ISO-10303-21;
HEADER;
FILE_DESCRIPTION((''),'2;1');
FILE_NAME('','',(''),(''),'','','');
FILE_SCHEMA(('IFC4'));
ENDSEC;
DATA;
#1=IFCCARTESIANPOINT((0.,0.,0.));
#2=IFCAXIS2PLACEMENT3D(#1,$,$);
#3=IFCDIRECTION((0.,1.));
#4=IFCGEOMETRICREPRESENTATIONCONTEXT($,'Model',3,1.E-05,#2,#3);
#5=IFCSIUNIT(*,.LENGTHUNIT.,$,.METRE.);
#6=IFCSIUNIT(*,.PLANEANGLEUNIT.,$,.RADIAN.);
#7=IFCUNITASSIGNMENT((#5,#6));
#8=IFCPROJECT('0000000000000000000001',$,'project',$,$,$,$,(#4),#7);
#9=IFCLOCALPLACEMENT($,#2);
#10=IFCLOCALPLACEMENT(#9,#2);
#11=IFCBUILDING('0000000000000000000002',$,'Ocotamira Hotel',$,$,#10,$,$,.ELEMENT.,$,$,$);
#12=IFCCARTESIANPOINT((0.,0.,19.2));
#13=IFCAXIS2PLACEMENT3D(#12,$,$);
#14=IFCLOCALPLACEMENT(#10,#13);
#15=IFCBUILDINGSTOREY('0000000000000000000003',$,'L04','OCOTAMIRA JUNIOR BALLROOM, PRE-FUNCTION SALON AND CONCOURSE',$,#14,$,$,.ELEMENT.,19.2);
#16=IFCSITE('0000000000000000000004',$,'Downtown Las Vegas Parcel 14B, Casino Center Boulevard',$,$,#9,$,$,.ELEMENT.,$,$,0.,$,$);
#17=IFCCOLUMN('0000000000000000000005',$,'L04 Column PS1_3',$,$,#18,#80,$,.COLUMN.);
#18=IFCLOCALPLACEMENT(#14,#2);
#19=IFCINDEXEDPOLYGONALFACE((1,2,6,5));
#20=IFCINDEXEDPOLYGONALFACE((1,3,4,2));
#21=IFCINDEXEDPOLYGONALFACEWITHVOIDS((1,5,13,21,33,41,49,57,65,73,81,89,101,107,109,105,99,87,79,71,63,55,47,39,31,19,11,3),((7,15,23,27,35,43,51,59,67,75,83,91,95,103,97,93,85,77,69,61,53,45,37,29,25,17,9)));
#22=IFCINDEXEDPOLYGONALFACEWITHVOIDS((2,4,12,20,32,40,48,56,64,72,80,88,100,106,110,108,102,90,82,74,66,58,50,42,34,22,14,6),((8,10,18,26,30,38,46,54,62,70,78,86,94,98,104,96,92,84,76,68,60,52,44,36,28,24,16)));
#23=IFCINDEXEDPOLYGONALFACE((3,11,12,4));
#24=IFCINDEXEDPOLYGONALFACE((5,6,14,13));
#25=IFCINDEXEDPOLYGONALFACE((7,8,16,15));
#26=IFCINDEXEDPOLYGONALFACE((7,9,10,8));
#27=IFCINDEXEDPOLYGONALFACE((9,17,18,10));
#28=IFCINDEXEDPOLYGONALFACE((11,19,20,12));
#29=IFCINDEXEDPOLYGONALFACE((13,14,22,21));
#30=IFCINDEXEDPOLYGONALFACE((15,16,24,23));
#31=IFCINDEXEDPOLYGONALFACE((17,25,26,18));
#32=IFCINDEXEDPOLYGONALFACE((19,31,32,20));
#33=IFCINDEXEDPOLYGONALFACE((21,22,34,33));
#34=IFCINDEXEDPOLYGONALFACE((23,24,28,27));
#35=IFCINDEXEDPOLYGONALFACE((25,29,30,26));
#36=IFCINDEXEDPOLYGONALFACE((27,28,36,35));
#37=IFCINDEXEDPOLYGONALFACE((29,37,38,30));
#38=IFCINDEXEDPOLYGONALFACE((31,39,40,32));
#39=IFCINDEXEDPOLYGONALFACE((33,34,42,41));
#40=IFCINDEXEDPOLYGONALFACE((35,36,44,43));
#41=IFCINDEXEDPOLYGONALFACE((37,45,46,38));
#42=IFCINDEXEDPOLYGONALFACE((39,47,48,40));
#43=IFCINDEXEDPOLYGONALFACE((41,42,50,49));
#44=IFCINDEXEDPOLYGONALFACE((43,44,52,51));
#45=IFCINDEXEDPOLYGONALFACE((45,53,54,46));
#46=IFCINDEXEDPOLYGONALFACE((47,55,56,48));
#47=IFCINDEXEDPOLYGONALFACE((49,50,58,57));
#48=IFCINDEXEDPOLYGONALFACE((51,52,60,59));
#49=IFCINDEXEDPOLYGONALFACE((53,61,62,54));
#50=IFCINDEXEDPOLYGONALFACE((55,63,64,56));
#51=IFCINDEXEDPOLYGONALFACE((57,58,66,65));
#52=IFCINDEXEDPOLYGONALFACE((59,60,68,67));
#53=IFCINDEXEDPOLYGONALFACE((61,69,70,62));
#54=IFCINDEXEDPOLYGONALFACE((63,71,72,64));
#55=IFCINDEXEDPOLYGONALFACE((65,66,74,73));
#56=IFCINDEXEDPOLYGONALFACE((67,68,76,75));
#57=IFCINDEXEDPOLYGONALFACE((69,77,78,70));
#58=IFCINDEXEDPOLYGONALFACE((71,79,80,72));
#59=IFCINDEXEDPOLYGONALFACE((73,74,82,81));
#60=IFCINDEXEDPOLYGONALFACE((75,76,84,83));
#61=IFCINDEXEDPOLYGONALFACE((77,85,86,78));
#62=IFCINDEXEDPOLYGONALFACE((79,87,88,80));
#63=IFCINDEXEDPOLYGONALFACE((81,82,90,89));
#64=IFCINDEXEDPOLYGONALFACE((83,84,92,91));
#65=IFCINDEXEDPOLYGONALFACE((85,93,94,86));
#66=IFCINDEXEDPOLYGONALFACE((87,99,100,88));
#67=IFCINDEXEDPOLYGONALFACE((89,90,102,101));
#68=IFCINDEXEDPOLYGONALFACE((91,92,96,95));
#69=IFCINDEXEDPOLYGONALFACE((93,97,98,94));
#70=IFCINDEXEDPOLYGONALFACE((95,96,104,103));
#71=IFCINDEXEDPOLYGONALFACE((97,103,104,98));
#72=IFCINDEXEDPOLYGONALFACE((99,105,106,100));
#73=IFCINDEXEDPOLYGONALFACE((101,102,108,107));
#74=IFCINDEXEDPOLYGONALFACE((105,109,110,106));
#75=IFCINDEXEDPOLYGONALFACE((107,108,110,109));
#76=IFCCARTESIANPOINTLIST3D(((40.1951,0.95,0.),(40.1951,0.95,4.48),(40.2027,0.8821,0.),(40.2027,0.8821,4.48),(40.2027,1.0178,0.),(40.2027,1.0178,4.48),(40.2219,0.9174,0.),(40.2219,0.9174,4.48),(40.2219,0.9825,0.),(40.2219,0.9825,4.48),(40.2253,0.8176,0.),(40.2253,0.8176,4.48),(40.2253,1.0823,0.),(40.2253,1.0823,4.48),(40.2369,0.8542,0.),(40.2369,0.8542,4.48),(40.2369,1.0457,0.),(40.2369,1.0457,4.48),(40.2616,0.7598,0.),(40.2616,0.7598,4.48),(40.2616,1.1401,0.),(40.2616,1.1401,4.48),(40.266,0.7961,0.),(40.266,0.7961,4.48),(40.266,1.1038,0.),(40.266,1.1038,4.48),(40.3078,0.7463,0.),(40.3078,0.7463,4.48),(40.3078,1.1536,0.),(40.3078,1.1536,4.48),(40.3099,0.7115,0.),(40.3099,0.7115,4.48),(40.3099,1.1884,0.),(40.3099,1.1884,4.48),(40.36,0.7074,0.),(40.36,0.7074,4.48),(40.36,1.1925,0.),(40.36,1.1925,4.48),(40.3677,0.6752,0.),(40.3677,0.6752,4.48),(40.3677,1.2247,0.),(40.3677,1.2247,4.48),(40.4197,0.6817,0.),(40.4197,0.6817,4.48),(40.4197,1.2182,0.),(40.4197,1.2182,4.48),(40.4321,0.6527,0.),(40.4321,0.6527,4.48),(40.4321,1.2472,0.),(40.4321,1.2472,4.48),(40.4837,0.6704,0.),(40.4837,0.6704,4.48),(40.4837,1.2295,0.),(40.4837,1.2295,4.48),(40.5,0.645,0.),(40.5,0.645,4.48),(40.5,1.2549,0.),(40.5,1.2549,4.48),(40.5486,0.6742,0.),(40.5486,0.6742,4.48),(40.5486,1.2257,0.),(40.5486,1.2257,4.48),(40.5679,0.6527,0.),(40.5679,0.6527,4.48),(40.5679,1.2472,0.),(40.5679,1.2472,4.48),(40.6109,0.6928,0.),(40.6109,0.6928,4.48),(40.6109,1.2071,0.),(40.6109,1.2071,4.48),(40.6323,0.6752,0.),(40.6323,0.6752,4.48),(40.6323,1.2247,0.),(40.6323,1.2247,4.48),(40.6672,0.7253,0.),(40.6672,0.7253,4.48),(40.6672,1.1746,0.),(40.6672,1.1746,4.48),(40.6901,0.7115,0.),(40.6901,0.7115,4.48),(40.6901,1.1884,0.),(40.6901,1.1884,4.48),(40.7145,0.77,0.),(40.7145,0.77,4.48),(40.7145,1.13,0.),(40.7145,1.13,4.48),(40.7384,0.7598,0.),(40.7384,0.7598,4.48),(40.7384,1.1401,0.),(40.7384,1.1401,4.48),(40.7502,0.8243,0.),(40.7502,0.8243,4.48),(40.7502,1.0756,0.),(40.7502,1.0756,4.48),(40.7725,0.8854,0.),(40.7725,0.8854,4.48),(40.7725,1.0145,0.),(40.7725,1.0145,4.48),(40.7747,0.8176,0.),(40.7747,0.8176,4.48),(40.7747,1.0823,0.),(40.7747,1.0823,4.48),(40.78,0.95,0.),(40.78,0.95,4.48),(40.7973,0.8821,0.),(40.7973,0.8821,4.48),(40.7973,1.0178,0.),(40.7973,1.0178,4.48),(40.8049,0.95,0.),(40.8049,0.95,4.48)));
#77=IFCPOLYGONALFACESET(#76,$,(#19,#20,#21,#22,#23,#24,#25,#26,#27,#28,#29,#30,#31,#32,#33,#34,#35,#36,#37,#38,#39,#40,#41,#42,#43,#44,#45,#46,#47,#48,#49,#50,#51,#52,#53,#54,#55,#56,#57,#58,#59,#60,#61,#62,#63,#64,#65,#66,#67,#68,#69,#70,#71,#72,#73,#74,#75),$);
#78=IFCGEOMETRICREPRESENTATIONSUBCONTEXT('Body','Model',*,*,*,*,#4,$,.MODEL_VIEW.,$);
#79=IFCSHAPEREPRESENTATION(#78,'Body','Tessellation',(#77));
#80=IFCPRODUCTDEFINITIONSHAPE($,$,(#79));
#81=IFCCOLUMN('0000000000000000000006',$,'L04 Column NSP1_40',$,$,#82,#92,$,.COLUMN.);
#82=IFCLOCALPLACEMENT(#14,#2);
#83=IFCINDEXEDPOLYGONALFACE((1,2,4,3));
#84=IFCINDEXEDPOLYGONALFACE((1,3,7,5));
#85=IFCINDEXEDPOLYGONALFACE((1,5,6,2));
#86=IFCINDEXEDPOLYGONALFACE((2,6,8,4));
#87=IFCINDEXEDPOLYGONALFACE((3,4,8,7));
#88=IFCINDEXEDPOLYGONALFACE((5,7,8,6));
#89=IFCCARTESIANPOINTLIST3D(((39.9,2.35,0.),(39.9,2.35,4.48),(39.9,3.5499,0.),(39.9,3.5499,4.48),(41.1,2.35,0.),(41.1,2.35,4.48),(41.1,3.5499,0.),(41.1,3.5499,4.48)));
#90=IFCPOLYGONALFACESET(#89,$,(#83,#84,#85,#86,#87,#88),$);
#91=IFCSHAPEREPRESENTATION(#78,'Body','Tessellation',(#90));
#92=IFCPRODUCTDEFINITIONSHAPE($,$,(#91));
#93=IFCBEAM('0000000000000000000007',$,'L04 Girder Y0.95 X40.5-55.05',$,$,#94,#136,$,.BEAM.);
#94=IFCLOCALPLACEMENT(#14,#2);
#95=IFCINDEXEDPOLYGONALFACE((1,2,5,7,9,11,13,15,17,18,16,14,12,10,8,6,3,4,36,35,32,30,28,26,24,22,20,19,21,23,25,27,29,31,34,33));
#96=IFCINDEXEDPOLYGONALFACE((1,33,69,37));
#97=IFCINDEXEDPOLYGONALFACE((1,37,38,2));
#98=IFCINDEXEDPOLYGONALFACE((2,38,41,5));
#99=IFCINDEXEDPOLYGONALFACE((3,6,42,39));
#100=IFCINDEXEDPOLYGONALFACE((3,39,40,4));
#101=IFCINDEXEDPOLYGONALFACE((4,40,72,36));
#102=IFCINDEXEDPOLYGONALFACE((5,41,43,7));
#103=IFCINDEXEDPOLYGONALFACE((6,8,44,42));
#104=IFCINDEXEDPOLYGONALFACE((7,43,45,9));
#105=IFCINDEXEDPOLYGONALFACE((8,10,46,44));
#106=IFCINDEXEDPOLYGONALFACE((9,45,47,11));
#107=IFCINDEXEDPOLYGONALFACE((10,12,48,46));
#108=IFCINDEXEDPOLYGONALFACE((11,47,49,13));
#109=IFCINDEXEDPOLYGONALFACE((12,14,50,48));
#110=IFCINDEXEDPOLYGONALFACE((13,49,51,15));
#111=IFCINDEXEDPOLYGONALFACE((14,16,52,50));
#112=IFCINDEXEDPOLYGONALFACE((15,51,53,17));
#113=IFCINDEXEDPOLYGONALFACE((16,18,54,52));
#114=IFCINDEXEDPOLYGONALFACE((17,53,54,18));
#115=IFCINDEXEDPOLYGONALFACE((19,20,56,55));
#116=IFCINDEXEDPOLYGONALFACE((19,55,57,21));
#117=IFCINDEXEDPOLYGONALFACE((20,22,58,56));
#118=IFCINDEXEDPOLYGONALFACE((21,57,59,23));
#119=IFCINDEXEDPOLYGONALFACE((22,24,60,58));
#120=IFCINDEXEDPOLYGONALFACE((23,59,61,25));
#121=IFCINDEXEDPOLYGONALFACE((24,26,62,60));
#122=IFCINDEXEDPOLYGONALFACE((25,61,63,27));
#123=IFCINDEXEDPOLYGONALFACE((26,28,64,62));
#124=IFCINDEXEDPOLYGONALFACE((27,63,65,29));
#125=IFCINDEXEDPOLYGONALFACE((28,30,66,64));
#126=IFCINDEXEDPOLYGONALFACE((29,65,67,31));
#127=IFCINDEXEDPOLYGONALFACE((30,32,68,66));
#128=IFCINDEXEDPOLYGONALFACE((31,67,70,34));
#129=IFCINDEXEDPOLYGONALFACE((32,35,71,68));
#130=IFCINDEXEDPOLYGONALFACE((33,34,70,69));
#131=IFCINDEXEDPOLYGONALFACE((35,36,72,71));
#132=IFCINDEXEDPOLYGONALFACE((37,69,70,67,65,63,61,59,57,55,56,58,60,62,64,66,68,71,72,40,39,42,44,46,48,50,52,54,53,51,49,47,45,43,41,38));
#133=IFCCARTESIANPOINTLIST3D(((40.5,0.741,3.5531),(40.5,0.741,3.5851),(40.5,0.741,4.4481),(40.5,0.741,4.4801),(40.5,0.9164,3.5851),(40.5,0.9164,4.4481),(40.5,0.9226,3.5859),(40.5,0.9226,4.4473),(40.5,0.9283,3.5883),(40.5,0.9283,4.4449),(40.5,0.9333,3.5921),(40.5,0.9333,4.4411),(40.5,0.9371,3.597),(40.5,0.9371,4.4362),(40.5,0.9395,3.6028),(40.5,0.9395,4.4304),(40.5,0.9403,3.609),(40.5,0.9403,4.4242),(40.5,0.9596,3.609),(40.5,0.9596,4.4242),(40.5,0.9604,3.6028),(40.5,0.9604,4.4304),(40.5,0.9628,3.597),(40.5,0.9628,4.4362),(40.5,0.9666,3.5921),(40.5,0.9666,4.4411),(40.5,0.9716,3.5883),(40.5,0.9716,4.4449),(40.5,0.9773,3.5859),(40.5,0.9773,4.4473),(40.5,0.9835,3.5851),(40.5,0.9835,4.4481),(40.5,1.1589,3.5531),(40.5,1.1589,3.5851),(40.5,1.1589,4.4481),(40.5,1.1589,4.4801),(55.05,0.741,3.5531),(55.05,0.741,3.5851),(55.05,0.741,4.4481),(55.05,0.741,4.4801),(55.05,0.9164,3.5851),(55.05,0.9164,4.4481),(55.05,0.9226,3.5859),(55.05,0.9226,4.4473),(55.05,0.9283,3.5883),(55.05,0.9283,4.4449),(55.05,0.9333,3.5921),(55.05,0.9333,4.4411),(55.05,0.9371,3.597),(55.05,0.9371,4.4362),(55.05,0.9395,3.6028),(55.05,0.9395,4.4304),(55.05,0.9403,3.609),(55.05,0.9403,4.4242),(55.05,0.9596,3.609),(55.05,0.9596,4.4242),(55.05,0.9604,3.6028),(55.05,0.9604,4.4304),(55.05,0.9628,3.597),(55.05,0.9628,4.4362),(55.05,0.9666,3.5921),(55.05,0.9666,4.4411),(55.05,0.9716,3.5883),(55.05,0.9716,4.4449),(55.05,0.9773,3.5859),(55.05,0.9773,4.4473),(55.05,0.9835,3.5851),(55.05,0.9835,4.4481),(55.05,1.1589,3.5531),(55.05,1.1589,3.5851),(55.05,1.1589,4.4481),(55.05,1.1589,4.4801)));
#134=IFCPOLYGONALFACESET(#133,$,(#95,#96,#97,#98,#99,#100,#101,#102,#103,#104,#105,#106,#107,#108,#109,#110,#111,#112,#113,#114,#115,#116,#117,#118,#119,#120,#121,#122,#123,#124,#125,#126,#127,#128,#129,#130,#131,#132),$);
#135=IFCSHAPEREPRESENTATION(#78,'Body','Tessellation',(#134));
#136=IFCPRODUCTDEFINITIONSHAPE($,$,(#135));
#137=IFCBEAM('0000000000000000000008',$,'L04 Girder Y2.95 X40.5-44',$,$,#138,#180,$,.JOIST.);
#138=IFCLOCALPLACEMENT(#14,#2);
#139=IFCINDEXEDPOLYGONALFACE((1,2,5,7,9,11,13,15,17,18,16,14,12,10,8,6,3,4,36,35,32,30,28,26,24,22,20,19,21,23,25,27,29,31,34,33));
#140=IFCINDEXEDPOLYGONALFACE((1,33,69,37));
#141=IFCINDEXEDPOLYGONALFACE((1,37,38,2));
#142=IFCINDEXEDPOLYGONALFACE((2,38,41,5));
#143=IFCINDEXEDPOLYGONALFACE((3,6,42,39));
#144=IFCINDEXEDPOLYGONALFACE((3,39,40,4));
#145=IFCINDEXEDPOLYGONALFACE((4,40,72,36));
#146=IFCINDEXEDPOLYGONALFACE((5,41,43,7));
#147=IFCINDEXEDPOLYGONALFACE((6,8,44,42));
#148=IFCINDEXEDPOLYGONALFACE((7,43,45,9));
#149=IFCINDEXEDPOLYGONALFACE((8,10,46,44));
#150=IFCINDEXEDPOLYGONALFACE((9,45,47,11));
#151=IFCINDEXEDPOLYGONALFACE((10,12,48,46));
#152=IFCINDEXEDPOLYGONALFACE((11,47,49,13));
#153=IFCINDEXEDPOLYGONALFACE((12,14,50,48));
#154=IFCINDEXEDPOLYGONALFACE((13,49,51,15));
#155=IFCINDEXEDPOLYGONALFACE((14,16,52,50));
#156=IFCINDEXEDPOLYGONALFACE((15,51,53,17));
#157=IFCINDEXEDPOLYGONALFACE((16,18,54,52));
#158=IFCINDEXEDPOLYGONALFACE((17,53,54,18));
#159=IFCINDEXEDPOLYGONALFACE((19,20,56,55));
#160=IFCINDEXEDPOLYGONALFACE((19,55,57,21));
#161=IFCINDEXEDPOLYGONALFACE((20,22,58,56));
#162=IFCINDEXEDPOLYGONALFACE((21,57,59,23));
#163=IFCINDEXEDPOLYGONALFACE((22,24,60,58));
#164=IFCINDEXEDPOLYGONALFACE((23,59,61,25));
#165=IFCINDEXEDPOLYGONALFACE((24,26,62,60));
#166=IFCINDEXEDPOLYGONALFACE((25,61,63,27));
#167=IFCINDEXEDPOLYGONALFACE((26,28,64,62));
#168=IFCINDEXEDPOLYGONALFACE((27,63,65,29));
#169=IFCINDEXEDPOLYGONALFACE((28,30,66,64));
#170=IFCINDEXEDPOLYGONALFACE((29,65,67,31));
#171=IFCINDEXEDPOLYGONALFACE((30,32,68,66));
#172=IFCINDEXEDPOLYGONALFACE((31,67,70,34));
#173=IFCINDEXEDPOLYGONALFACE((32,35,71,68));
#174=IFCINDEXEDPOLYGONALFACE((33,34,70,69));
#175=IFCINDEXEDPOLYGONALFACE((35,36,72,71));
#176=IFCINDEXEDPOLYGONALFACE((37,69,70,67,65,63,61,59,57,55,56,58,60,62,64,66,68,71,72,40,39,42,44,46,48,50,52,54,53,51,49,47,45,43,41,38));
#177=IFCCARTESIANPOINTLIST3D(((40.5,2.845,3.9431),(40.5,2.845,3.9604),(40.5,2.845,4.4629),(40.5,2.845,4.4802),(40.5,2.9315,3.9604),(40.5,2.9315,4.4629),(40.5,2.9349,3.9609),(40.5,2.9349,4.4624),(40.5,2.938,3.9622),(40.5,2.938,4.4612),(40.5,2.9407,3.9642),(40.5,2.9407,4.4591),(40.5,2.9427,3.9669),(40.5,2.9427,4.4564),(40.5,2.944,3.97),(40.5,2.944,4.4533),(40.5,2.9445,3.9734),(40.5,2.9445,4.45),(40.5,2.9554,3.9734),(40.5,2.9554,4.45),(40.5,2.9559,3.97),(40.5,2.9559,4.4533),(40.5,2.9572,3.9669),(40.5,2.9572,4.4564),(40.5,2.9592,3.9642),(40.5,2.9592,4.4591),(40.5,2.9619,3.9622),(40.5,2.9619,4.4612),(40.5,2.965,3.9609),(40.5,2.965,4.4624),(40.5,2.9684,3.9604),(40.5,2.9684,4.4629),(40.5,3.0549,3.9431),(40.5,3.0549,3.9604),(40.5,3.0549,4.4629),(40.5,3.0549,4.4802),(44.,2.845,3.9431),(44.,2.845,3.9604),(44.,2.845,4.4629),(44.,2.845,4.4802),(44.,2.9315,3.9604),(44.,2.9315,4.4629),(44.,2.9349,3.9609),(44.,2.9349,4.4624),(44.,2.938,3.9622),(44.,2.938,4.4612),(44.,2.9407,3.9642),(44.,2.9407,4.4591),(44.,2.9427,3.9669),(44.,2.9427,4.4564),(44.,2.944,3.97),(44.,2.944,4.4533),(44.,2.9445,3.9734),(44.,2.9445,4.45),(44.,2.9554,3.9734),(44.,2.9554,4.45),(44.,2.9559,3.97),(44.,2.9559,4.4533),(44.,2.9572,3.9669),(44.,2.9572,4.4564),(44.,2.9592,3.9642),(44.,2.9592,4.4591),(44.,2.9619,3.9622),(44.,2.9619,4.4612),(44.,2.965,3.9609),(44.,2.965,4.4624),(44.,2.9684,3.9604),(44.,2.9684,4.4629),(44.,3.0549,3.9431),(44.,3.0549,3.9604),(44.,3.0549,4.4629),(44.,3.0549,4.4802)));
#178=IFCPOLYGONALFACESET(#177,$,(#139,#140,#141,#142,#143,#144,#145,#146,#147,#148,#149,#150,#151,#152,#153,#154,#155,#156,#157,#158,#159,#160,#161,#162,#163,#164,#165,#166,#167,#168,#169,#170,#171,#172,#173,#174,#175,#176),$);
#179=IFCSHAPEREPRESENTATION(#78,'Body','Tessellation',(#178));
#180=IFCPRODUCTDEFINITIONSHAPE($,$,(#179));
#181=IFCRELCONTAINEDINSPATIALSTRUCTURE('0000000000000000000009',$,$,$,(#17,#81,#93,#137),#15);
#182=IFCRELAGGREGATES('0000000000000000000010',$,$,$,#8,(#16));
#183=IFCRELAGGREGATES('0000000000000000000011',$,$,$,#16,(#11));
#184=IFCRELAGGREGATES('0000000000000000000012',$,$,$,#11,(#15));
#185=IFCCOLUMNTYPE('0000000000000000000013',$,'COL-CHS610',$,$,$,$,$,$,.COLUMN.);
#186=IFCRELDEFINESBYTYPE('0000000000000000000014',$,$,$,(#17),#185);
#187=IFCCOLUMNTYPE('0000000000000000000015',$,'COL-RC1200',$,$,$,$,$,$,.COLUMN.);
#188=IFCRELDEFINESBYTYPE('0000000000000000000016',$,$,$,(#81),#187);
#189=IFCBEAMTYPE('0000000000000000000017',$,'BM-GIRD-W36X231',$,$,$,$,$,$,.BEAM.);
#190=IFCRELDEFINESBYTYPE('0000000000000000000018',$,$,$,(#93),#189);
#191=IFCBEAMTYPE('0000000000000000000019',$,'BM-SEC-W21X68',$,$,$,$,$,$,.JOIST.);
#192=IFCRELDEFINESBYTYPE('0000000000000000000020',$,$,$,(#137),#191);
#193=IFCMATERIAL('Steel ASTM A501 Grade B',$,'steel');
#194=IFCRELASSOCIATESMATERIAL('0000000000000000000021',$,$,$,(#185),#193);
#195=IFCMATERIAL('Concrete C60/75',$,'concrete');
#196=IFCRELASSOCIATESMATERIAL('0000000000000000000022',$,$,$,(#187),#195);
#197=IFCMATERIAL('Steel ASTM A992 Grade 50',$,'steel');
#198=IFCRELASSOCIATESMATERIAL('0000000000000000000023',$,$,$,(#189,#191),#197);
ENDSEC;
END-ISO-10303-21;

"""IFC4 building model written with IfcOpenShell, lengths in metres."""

from ifc_helpers import new_model, si_unit, direction, frame, origin, origin_2d, place, context, subcontext, project, spatial, rectangle, hollow_circle, i_section, extrude, source, transform, mapped, material, material_profile, profile_set, type_object, element, save


model = new_model("IFC4")

# Units and contexts
model_context = context("Model", 3, precision=1e-05, world=origin(), true_north=direction((0.0, 1.0)))
body_context = subcontext(model_context, "Body", "Model", "MODEL_VIEW")
ifc_project = project(units=[si_unit("LENGTHUNIT", "METRE"), si_unit("PLANEANGLEUNIT", "RADIAN")], contexts=[model_context])

# Site, building, storey
site_placement = place(None, origin())
site = spatial("IfcSite", under=ifc_project, at=site_placement, Name="Downtown Las Vegas Parcel 14B, Casino Center Boulevard", CompositionType="ELEMENT", RefElevation=0.0)
building_placement = place(site_placement, origin())
building = spatial("IfcBuilding", under=site, at=building_placement, Name="Ocotamira Hotel", CompositionType="ELEMENT")
storey_placement = place(building_placement, frame((0.0, 0.0, 19.2)))
storey = spatial("IfcBuildingStorey", under=building, at=storey_placement, Name="L04", Description="OCOTAMIRA JUNIOR BALLROOM, PRE-FUNCTION SALON AND CONCOURSE", CompositionType="ELEMENT", Elevation=19.2)

# Columns
ifc_material_1 = material(Name="Steel ASTM A501 Grade B", Category="steel")
ifc_material_profile_1 = material_profile(ifc_material_1, hollow_circle(Radius=0.3049, WallThickness=0.0249, at=origin_2d()), Name="CHS610X25")
ifc_profile_set_1 = profile_set([ifc_material_profile_1], Name="Steel ASTM A501 Grade B")
column_type_1 = type_object("IfcColumnType", Name="COL-CHS610", PredefinedType="COLUMN", material=ifc_profile_set_1)
shared_shape_1 = source(origin(), body_context, "Body", "SweptSolid", [
    extrude(hollow_circle(Radius=0.3049, WallThickness=0.0249, at=origin_2d()), origin(), (0.0, 0.0, 1.0), 4.48),
])
column_1_placement = place(storey_placement, frame((40.5, 0.95, 0.0), z_axis=(0.0, 0.0, 1.0), x_axis=(1.0, 0.0, 0.0)))
element("IfcColumn", 1, at=column_1_placement, inside=storey, type_object=column_type_1, Name="L04 Column PS1_3", PredefinedType="COLUMN", context=body_context, shape_type="MappedRepresentation", body=[
    mapped(shared_shape_1, transform((0.0, 0.0, 0.0), scale=1.0)),
])
ifc_material_2 = material(Name="Concrete C60/75", Category="concrete")
ifc_material_profile_2 = material_profile(ifc_material_2, rectangle(XDim=1.2, YDim=1.2, at=origin_2d()), Name="RC1200X1200")
ifc_profile_set_2 = profile_set([ifc_material_profile_2], Name="Concrete C60/75")
column_type_2 = type_object("IfcColumnType", Name="COL-RC1200", PredefinedType="COLUMN", material=ifc_profile_set_2)
shared_shape_2 = source(origin(), body_context, "Body", "SweptSolid", [
    extrude(rectangle(XDim=1.2, YDim=1.2, at=origin_2d()), origin(), (0.0, 0.0, 1.0), 4.48),
])
column_2_placement = place(storey_placement, frame((40.5, 2.95, 0.0), z_axis=(0.0, 0.0, 1.0), x_axis=(1.0, 0.0, 0.0)))
element("IfcColumn", 2, at=column_2_placement, inside=storey, type_object=column_type_2, Name="L04 Column NSP1_40", PredefinedType="COLUMN", context=body_context, shape_type="MappedRepresentation", body=[
    mapped(shared_shape_2, transform((0.0, 0.0, 0.0), scale=1.0)),
])

# Beams
ifc_material_3 = material(Name="Steel ASTM A992 Grade 50", Category="steel")
ifc_material_profile_3 = material_profile(ifc_material_3, i_section(OverallWidth=0.418, OverallDepth=0.927, WebThickness=0.0193, FlangeThickness=0.032, FilletRadius=0.0239, at=origin_2d()), Name="W36X231")
ifc_profile_set_3 = profile_set([ifc_material_profile_3], Name="Steel ASTM A992 Grade 50")
beam_type_1 = type_object("IfcBeamType", Name="BM-GIRD-W36X231", PredefinedType="BEAM", material=ifc_profile_set_3)
shared_shape_3 = source(origin(), body_context, "Body", "SweptSolid", [
    extrude(i_section(OverallWidth=0.418, OverallDepth=0.927, WebThickness=0.0193, FlangeThickness=0.032, FilletRadius=0.0239, at=origin_2d()), origin(), (0.0, 0.0, 1.0), 14.55),
])
beam_1_placement = place(storey_placement, frame((40.5, 0.95, 4.0166), z_axis=(1.0, 0.0, 0.0), x_axis=(0.0, 1.0, 0.0)))
element("IfcBeam", 3, at=beam_1_placement, inside=storey, type_object=beam_type_1, Name="L04 Girder Y0.95 X40.5-55.05", PredefinedType="BEAM", context=body_context, shape_type="MappedRepresentation", body=[
    mapped(shared_shape_3, transform((0.0, 0.0, 0.0), scale=1.0)),
])
ifc_material_profile_4 = material_profile(ifc_material_3, i_section(OverallWidth=0.21, OverallDepth=0.5371, WebThickness=0.011, FlangeThickness=0.0173, FilletRadius=0.0129, at=origin_2d()), Name="W21X68")
ifc_profile_set_4 = profile_set([ifc_material_profile_4], Name="Steel ASTM A992 Grade 50")
beam_type_2 = type_object("IfcBeamType", Name="BM-SEC-W21X68", PredefinedType="JOIST", material=ifc_profile_set_4)
shared_shape_4 = source(origin(), body_context, "Body", "SweptSolid", [
    extrude(i_section(OverallWidth=0.21, OverallDepth=0.5371, WebThickness=0.011, FlangeThickness=0.0173, FilletRadius=0.0129, at=origin_2d()), origin(), (0.0, 0.0, 1.0), 3.5),
])
beam_2_placement = place(storey_placement, frame((40.5, 2.95, 4.2117), z_axis=(1.0, 0.0, 0.0), x_axis=(0.0, 1.0, 0.0)))
element("IfcBeam", 4, at=beam_2_placement, inside=storey, type_object=beam_type_2, Name="L04 Girder Y2.95 X40.5-44", PredefinedType="JOIST", context=body_context, shape_type="MappedRepresentation", body=[
    mapped(shared_shape_4, transform((0.0, 0.0, 0.0), scale=1.0)),
])

save(model, "model.ifc")
